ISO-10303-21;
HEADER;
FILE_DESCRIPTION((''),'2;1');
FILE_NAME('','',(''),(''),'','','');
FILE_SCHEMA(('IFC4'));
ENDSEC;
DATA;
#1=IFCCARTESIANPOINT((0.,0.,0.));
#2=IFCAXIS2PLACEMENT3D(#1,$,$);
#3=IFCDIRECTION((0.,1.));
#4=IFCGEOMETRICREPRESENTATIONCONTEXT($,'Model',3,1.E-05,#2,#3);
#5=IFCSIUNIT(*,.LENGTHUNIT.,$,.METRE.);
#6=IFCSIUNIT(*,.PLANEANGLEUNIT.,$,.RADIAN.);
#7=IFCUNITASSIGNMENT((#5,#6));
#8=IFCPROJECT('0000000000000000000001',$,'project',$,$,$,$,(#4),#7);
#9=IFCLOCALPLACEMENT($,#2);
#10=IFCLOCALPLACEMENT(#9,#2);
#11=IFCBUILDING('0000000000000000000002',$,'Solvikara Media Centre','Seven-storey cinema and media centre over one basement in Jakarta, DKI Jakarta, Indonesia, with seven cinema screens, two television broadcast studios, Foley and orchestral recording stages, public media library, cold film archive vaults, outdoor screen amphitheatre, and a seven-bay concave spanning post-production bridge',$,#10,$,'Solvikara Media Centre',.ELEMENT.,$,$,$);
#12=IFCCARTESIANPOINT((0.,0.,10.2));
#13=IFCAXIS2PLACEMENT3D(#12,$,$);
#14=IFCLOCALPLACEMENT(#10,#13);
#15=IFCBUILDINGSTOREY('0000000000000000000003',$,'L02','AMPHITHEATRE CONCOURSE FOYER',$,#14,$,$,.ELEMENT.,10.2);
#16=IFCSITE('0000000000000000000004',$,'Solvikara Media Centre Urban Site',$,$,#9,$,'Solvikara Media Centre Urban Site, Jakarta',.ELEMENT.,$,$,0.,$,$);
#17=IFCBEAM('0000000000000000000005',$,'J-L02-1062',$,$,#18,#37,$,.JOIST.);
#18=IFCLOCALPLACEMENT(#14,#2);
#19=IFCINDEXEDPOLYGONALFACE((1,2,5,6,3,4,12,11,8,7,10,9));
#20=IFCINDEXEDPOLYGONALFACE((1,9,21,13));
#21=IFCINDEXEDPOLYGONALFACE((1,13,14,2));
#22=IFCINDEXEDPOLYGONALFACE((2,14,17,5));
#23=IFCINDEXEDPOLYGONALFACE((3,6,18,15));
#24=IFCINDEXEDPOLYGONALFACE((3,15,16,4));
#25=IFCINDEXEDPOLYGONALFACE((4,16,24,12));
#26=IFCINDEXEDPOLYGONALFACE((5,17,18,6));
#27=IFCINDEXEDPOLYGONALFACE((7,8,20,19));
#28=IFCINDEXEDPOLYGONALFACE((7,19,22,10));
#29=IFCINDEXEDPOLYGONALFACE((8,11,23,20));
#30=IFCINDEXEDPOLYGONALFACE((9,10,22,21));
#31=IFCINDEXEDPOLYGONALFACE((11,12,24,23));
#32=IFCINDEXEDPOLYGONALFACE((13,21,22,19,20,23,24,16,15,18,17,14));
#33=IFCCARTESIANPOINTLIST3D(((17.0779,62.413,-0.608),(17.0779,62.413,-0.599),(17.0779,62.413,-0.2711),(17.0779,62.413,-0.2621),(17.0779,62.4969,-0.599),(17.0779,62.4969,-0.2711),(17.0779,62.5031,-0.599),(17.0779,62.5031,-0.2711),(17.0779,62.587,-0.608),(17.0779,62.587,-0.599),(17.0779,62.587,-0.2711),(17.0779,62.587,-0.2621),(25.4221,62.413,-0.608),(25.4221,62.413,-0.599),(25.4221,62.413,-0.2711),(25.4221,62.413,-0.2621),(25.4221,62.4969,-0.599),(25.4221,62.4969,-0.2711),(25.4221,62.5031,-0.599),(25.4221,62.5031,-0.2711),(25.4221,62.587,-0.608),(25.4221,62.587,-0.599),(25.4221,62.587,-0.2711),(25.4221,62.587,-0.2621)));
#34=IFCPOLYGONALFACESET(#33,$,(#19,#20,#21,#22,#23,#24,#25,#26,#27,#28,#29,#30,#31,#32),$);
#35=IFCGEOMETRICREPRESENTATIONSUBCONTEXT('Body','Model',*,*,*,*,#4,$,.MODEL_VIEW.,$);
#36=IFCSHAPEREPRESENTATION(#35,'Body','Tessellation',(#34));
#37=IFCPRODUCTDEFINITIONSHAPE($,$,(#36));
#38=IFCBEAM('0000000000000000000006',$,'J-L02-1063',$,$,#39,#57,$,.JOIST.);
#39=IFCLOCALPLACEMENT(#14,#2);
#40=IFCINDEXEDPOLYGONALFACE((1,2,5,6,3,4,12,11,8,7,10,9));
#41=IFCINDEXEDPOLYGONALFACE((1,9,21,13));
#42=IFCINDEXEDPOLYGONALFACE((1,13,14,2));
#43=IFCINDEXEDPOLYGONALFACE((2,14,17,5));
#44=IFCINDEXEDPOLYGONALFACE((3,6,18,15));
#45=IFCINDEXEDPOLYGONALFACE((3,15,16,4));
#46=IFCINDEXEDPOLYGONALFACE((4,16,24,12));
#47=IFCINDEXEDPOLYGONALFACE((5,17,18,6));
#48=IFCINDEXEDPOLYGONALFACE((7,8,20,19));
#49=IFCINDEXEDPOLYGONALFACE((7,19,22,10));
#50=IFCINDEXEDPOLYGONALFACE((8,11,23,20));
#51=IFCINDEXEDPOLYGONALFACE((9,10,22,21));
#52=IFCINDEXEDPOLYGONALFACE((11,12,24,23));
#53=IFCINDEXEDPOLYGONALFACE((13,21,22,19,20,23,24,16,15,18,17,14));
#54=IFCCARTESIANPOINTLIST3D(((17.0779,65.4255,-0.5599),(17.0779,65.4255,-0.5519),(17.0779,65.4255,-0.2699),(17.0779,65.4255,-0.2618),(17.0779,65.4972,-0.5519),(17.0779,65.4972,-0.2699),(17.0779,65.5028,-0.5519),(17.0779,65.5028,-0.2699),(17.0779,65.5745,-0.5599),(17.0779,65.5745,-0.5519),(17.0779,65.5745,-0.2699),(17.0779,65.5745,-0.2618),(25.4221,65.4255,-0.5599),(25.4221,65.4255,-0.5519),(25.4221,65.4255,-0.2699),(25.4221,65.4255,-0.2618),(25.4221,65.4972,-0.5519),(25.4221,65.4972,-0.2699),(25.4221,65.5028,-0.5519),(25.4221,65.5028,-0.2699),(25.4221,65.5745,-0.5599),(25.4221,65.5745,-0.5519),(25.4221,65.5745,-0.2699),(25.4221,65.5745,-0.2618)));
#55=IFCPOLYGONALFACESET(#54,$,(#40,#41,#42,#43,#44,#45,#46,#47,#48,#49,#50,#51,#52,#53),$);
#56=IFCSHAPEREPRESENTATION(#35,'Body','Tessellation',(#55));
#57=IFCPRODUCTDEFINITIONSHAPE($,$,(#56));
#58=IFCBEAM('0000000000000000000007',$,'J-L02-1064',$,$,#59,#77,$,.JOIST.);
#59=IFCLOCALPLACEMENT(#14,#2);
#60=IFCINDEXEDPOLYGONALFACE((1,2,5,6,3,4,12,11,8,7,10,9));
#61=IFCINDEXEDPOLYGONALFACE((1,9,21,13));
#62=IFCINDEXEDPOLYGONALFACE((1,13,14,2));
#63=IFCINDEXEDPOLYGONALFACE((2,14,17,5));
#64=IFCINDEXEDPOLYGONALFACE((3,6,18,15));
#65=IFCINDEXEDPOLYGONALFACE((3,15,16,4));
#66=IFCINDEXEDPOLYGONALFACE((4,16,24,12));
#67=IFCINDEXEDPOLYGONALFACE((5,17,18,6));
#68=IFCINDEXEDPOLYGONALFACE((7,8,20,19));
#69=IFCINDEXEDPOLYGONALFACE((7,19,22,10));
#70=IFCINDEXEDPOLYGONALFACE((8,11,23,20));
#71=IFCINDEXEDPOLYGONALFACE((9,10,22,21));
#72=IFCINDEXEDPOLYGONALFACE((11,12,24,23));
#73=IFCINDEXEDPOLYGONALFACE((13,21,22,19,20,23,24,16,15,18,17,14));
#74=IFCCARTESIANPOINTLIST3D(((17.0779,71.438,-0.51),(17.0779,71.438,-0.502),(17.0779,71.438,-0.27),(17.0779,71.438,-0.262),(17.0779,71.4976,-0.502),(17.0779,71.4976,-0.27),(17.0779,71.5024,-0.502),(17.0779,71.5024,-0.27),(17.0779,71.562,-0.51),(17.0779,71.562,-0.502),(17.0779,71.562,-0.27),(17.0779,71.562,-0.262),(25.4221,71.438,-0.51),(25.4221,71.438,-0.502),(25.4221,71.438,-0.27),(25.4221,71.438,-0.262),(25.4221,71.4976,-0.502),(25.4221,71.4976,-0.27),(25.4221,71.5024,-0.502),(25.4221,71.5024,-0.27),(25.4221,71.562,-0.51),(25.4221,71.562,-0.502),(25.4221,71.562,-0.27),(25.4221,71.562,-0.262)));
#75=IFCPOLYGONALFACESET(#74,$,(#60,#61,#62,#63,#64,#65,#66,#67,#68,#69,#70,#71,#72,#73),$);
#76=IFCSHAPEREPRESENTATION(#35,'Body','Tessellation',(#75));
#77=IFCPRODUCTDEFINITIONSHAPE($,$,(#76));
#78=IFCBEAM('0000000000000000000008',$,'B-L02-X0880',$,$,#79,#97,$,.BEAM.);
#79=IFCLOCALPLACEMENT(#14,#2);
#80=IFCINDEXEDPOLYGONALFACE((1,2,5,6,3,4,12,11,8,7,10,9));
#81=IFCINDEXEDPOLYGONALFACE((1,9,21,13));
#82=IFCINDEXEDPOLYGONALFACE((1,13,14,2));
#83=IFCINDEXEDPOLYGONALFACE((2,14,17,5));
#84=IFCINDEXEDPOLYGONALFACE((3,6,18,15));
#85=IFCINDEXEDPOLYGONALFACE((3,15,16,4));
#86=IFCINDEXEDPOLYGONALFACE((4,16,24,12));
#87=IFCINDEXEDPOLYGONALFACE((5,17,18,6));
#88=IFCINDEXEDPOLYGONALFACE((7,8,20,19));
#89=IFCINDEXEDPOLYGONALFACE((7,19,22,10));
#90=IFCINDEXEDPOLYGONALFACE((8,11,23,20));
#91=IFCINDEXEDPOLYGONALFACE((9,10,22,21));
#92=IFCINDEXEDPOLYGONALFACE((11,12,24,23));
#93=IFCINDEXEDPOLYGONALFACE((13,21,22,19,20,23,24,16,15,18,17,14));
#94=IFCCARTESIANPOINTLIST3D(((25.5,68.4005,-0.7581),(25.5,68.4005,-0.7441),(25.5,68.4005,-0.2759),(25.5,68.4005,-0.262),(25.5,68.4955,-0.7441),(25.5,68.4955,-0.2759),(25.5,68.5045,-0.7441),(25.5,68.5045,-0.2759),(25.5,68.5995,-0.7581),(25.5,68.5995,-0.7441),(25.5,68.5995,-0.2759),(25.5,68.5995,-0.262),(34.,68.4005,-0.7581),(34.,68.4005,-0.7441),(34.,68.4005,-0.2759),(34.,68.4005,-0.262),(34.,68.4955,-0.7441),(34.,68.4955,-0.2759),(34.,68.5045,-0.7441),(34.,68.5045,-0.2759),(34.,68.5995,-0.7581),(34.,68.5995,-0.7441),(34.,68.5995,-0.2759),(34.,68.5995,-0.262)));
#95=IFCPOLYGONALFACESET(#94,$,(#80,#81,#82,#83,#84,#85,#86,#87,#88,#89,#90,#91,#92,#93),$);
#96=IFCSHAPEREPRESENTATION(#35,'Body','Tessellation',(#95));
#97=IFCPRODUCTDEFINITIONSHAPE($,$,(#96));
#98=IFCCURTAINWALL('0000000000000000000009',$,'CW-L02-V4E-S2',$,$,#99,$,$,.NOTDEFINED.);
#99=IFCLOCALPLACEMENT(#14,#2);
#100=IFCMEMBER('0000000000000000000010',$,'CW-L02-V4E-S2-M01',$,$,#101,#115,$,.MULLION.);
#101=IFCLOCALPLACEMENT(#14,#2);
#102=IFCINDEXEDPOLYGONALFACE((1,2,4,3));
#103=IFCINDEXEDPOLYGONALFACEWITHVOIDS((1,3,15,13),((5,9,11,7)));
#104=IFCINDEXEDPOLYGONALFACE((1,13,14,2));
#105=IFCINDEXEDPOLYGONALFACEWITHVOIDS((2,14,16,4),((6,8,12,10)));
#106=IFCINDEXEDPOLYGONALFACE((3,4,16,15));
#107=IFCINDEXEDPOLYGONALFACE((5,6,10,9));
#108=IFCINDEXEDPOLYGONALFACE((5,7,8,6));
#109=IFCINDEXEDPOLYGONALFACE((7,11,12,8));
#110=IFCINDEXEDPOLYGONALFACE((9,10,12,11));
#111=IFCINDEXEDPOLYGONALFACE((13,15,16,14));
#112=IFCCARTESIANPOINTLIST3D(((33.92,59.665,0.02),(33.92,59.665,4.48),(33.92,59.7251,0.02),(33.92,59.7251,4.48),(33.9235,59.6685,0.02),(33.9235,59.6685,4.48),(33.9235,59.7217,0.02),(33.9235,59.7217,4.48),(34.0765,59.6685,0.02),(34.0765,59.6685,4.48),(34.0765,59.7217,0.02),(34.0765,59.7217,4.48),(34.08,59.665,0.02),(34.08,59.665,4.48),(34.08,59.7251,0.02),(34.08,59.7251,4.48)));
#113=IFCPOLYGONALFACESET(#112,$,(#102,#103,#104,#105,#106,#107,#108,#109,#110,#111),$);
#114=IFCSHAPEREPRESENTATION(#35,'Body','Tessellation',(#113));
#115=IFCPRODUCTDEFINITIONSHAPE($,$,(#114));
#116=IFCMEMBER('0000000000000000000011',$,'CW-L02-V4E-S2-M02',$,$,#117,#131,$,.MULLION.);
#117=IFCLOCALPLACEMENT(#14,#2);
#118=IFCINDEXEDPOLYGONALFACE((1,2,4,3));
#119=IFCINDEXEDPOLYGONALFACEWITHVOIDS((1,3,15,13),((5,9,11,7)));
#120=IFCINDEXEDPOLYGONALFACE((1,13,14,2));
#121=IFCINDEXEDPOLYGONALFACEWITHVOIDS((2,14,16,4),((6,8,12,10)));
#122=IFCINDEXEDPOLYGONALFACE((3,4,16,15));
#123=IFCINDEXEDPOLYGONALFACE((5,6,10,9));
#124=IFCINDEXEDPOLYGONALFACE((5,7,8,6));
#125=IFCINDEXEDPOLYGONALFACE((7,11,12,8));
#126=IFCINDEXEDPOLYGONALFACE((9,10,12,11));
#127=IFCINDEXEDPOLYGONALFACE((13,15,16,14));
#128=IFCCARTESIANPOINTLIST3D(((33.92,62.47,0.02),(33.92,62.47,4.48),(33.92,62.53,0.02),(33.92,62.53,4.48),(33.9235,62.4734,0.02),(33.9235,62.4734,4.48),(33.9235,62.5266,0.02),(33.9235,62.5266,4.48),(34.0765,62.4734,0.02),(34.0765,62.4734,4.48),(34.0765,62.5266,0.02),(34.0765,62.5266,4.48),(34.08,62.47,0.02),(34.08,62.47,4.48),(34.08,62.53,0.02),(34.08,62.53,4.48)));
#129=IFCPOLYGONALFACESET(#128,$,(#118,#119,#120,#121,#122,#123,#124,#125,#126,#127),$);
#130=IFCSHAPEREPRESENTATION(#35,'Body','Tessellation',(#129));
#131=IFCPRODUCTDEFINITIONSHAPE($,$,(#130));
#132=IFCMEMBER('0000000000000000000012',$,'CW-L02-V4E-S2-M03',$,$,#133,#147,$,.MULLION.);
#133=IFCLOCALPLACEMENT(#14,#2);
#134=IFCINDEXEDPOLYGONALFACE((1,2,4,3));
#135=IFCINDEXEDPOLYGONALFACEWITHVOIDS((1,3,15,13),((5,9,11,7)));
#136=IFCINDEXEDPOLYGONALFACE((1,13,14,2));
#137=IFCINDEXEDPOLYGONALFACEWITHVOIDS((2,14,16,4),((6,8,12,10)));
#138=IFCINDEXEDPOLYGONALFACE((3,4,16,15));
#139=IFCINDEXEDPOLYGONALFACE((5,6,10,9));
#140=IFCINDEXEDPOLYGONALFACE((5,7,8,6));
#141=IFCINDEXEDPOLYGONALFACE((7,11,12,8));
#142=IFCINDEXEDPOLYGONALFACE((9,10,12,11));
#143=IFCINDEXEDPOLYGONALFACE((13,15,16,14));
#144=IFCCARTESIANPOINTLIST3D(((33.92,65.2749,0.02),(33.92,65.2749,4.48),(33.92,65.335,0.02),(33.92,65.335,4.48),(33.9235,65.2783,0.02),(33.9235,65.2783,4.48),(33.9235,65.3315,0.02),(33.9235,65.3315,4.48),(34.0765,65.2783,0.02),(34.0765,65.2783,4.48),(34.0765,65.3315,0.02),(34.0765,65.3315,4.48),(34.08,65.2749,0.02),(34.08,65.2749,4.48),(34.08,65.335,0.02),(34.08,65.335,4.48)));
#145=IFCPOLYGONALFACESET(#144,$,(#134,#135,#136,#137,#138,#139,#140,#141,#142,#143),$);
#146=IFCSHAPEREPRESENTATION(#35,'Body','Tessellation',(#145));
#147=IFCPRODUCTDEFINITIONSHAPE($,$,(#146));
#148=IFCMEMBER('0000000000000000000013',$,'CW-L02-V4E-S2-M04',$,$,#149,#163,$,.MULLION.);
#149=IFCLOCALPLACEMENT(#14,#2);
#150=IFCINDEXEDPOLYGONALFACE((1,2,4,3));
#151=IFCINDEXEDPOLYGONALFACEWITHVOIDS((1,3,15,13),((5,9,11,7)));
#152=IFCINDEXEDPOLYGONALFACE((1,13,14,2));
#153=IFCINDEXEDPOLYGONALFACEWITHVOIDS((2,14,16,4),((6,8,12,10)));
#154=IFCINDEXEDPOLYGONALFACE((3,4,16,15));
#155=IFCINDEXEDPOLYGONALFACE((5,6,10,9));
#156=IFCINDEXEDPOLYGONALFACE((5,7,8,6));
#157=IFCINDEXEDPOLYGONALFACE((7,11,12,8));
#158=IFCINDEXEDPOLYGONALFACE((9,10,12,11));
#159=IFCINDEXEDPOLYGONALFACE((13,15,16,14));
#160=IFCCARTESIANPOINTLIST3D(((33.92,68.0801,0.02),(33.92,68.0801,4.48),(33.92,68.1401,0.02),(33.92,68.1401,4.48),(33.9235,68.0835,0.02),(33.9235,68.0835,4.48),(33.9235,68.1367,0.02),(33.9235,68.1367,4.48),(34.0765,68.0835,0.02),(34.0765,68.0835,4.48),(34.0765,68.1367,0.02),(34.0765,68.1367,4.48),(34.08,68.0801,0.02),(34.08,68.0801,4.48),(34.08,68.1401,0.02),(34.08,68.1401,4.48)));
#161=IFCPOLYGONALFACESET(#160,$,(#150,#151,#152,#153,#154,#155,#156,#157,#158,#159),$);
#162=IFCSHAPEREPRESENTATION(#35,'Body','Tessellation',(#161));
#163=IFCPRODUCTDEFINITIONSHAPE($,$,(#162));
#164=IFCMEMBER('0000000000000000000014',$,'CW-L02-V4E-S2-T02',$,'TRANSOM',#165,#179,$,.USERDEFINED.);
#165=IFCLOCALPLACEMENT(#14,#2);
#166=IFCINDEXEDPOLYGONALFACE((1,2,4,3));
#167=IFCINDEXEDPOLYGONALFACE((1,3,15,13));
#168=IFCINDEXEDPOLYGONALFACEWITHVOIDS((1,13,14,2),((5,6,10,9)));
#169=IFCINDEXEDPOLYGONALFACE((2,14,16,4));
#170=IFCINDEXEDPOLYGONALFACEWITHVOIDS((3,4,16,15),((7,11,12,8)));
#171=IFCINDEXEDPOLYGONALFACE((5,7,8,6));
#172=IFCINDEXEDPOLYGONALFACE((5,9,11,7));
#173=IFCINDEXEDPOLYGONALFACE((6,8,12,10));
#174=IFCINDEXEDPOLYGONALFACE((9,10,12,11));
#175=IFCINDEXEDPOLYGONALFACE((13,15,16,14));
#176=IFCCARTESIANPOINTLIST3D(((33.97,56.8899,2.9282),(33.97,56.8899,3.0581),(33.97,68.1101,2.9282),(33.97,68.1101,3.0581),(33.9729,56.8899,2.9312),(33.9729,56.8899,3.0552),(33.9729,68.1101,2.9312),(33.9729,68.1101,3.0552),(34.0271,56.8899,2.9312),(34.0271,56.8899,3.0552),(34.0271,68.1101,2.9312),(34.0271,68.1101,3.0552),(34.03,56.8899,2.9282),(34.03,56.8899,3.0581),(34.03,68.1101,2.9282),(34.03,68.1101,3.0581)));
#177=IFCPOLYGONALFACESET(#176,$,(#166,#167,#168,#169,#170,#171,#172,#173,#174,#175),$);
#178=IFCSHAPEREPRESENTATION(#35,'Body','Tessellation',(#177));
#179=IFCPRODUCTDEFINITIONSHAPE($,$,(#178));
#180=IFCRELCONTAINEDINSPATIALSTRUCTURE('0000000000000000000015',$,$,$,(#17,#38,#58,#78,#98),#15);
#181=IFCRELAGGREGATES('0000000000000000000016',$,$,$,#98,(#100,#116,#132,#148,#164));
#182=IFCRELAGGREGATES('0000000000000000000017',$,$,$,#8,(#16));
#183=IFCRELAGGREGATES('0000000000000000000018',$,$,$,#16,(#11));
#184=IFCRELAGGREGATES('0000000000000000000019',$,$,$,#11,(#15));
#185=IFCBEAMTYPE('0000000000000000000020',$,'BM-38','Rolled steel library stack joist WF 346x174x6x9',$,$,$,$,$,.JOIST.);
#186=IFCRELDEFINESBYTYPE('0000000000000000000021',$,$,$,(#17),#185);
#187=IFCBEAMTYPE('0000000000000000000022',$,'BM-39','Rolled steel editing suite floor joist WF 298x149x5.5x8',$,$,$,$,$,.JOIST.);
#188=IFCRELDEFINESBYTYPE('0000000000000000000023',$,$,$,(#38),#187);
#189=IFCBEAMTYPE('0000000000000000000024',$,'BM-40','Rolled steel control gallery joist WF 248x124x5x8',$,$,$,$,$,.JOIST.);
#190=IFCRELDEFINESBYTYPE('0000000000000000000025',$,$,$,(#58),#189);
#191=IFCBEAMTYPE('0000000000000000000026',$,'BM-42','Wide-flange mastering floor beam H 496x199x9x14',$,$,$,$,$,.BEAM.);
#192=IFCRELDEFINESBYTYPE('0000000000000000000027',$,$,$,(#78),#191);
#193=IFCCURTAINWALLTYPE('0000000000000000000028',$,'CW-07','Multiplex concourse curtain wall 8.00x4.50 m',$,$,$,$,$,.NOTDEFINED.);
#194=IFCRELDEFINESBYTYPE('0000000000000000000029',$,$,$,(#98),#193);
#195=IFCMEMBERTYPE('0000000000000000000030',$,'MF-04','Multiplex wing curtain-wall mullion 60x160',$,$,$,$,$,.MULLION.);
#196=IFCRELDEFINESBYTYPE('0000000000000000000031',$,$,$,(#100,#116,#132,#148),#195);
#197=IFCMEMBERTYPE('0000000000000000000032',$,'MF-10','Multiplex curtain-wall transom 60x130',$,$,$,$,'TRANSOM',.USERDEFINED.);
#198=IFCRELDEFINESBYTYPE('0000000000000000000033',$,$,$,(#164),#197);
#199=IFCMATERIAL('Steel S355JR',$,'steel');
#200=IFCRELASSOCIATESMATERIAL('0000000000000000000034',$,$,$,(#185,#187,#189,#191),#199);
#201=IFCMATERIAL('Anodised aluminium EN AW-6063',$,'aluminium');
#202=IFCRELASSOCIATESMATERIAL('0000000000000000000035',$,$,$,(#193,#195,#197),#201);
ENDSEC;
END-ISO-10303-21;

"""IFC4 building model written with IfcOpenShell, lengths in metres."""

from ifc_helpers import new_model, si_unit, direction, frame, origin, origin_2d, place, context, subcontext, project, spatial, hollow_rectangle, i_section, extrude, material, material_profile, profile_set, type_object, element, aggregate, save


model = new_model("IFC4")

# Units and contexts
model_context = context("Model", 3, precision=1e-05, world=origin(), true_north=direction((0.0, 1.0)))
body_context = subcontext(model_context, "Body", "Model", "MODEL_VIEW")
ifc_project = project(units=[si_unit("LENGTHUNIT", "METRE"), si_unit("PLANEANGLEUNIT", "RADIAN")], contexts=[model_context])

# Site, building, storey
site_placement = place(None, origin())
site = spatial("IfcSite", under=ifc_project, at=site_placement, Name="Solvikara Media Centre Urban Site", LongName="Solvikara Media Centre Urban Site, Jakarta", CompositionType="ELEMENT", RefElevation=0.0)
building_placement = place(site_placement, origin())
building = spatial("IfcBuilding", under=site, at=building_placement, Name="Solvikara Media Centre", Description="Seven-storey cinema and media centre over one basement in Jakarta, DKI Jakarta, Indonesia, with seven cinema screens, two television broadcast studios, Foley and orchestral recording stages, public media library, cold film archive vaults, outdoor screen amphitheatre, and a seven-bay concave spanning post-production bridge", LongName="Solvikara Media Centre", CompositionType="ELEMENT")
storey_placement = place(building_placement, frame((0.0, 0.0, 10.2)))
storey = spatial("IfcBuildingStorey", under=building, at=storey_placement, Name="L02", Description="AMPHITHEATRE CONCOURSE FOYER", CompositionType="ELEMENT", Elevation=10.2)

# Beams
ifc_material_1 = material(Name="Steel S355JR", Category="steel")
ifc_material_profile_1 = material_profile(ifc_material_1, i_section(OverallWidth=0.1741, OverallDepth=0.3459, WebThickness=0.0061, FlangeThickness=0.009, at=origin_2d()), Name="WF 346x174x6x9")
ifc_profile_set_1 = profile_set([ifc_material_profile_1], Name="Steel S355JR")
beam_type_1 = type_object("IfcBeamType", Name="BM-38", Description="Rolled steel library stack joist WF 346x174x6x9", PredefinedType="JOIST", material=ifc_profile_set_1)
beam_1_placement = place(storey_placement, frame((17.0779, 62.5, -0.4351), z_axis=(1.0, 0.0, 0.0), x_axis=(0.0, 1.0, 0.0)))
element("IfcBeam", 1, at=beam_1_placement, inside=storey, type_object=beam_type_1, Name="J-L02-1062", PredefinedType="JOIST", context=body_context, shape_type="SweptSolid", body=[
    extrude(i_section(OverallWidth=0.1741, OverallDepth=0.3459, WebThickness=0.0061, FlangeThickness=0.009, at=origin_2d()), origin(), (0.0, 0.0, 1.0), 8.3442),
])
ifc_material_profile_2 = material_profile(ifc_material_1, i_section(OverallWidth=0.1489, OverallDepth=0.2981, WebThickness=0.0056, FlangeThickness=0.0081, at=origin_2d()), Name="WF 298x149x5.5x8")
ifc_profile_set_2 = profile_set([ifc_material_profile_2], Name="Steel S355JR")
beam_type_2 = type_object("IfcBeamType", Name="BM-39", Description="Rolled steel editing suite floor joist WF 298x149x5.5x8", PredefinedType="JOIST", material=ifc_profile_set_2)
beam_2_placement = place(storey_placement, frame((17.0779, 65.5, -0.4109), z_axis=(1.0, 0.0, 0.0), x_axis=(0.0, 1.0, 0.0)))
element("IfcBeam", 2, at=beam_2_placement, inside=storey, type_object=beam_type_2, Name="J-L02-1063", PredefinedType="JOIST", context=body_context, shape_type="SweptSolid", body=[
    extrude(i_section(OverallWidth=0.1489, OverallDepth=0.2981, WebThickness=0.0056, FlangeThickness=0.0081, at=origin_2d()), origin(), (0.0, 0.0, 1.0), 8.3442),
])
ifc_material_profile_3 = material_profile(ifc_material_1, i_section(OverallWidth=0.124, OverallDepth=0.248, WebThickness=0.0049, FlangeThickness=0.0081, at=origin_2d()), Name="WF 248x124x5x8")
ifc_profile_set_3 = profile_set([ifc_material_profile_3], Name="Steel S355JR")
beam_type_3 = type_object("IfcBeamType", Name="BM-40", Description="Rolled steel control gallery joist WF 248x124x5x8", PredefinedType="JOIST", material=ifc_profile_set_3)
beam_3_placement = place(storey_placement, frame((17.0779, 71.5, -0.386), z_axis=(1.0, 0.0, 0.0), x_axis=(0.0, 1.0, 0.0)))
element("IfcBeam", 3, at=beam_3_placement, inside=storey, type_object=beam_type_3, Name="J-L02-1064", PredefinedType="JOIST", context=body_context, shape_type="SweptSolid", body=[
    extrude(i_section(OverallWidth=0.124, OverallDepth=0.248, WebThickness=0.0049, FlangeThickness=0.0081, at=origin_2d()), origin(), (0.0, 0.0, 1.0), 8.3442),
])
ifc_material_profile_4 = material_profile(ifc_material_1, i_section(OverallWidth=0.199, OverallDepth=0.4961, WebThickness=0.009, FlangeThickness=0.0139, at=origin_2d()), Name="H 496x199x9x14")
ifc_profile_set_4 = profile_set([ifc_material_profile_4], Name="Steel S355JR")
beam_type_4 = type_object("IfcBeamType", Name="BM-42", Description="Wide-flange mastering floor beam H 496x199x9x14", PredefinedType="BEAM", material=ifc_profile_set_4)
beam_4_placement = place(storey_placement, frame((25.5, 68.5, -0.51), z_axis=(1.0, 0.0, 0.0), x_axis=(0.0, 1.0, 0.0)))
element("IfcBeam", 4, at=beam_4_placement, inside=storey, type_object=beam_type_4, Name="B-L02-X0880", PredefinedType="BEAM", context=body_context, shape_type="SweptSolid", body=[
    extrude(i_section(OverallWidth=0.199, OverallDepth=0.4961, WebThickness=0.009, FlangeThickness=0.0139, at=origin_2d()), origin(), (0.0, 0.0, 1.0), 8.5),
])

# Curtain wall, members
ifc_material_2 = material(Name="Anodised aluminium EN AW-6063", Category="aluminium")
curtain_wall_type = type_object("IfcCurtainWallType", Name="CW-07", Description="Multiplex concourse curtain wall 8.00x4.50 m", PredefinedType="NOTDEFINED", material=ifc_material_2)
curtain_wall_placement = place(storey_placement, origin())
curtain_wall = element("IfcCurtainWall", 5, at=curtain_wall_placement, inside=storey, type_object=curtain_wall_type, Name="CW-L02-V4E-S2", PredefinedType="NOTDEFINED")
ifc_material_profile_5 = material_profile(ifc_material_2, hollow_rectangle(XDim=0.0601, YDim=0.1599, WallThickness=0.0034, at=origin_2d()), Name="ALU-M 60x160x3.5")
ifc_profile_set_5 = profile_set([ifc_material_profile_5], Name="Anodised aluminium EN AW-6063")
member_type_1 = type_object("IfcMemberType", Name="MF-04", Description="Multiplex wing curtain-wall mullion 60x160", PredefinedType="MULLION", material=ifc_profile_set_5)
member_1_placement = place(storey_placement, frame((34.0, 59.6951, 0.02), z_axis=(0.0, 0.0, 1.0), x_axis=(0.0, 1.0, 0.0)))
member_1 = element("IfcMember", 6, at=member_1_placement, type_object=member_type_1, Name="CW-L02-V4E-S2-M01", PredefinedType="MULLION", context=body_context, shape_type="SweptSolid", body=[
    extrude(hollow_rectangle(XDim=0.0601, YDim=0.1599, WallThickness=0.0034, at=origin_2d()), origin(), (0.0, 0.0, 1.0), 4.46),
])
member_2_placement = place(storey_placement, frame((34.0, 62.5, 0.02), z_axis=(0.0, 0.0, 1.0), x_axis=(0.0, 1.0, 0.0)))
member_2 = element("IfcMember", 7, at=member_2_placement, type_object=member_type_1, Name="CW-L02-V4E-S2-M02", PredefinedType="MULLION", context=body_context, shape_type="SweptSolid", body=[
    extrude(hollow_rectangle(XDim=0.0601, YDim=0.1599, WallThickness=0.0034, at=origin_2d()), origin(), (0.0, 0.0, 1.0), 4.46),
])
member_3_placement = place(storey_placement, frame((34.0, 65.3049, 0.02), z_axis=(0.0, 0.0, 1.0), x_axis=(0.0, 1.0, 0.0)))
member_3 = element("IfcMember", 8, at=member_3_placement, type_object=member_type_1, Name="CW-L02-V4E-S2-M03", PredefinedType="MULLION", context=body_context, shape_type="SweptSolid", body=[
    extrude(hollow_rectangle(XDim=0.0601, YDim=0.1599, WallThickness=0.0034, at=origin_2d()), origin(), (0.0, 0.0, 1.0), 4.46),
])
member_4_placement = place(storey_placement, frame((34.0, 68.1101, 0.02), z_axis=(0.0, 0.0, 1.0), x_axis=(0.0, 1.0, 0.0)))
member_4 = element("IfcMember", 9, at=member_4_placement, type_object=member_type_1, Name="CW-L02-V4E-S2-M04", PredefinedType="MULLION", context=body_context, shape_type="SweptSolid", body=[
    extrude(hollow_rectangle(XDim=0.0601, YDim=0.1599, WallThickness=0.0034, at=origin_2d()), origin(), (0.0, 0.0, 1.0), 4.46),
])
ifc_material_profile_6 = material_profile(ifc_material_2, hollow_rectangle(XDim=0.0601, YDim=0.1299, WallThickness=0.0029, at=origin_2d()), Name="ALU-T 60x130x3")
ifc_profile_set_6 = profile_set([ifc_material_profile_6], Name="Anodised aluminium EN AW-6063")
member_type_2 = type_object("IfcMemberType", Name="MF-10", Description="Multiplex curtain-wall transom 60x130", ElementType="TRANSOM", PredefinedType="USERDEFINED", material=ifc_profile_set_6)
member_5_placement = place(storey_placement, frame((34.0, 56.8899, 2.9932), z_axis=(0.0, 1.0, 0.0), x_axis=(-1.0, 0.0, 0.0)))
member_5 = element("IfcMember", 10, at=member_5_placement, type_object=member_type_2, Name="CW-L02-V4E-S2-T02", ObjectType="TRANSOM", PredefinedType="USERDEFINED", context=body_context, shape_type="SweptSolid", body=[
    extrude(hollow_rectangle(XDim=0.0601, YDim=0.1299, WallThickness=0.0029, at=origin_2d()), origin(), (0.0, 0.0, 1.0), 11.2202),
])
aggregate(curtain_wall, [member_1, member_2, member_3, member_4, member_5])

save(model, "model.ifc")
